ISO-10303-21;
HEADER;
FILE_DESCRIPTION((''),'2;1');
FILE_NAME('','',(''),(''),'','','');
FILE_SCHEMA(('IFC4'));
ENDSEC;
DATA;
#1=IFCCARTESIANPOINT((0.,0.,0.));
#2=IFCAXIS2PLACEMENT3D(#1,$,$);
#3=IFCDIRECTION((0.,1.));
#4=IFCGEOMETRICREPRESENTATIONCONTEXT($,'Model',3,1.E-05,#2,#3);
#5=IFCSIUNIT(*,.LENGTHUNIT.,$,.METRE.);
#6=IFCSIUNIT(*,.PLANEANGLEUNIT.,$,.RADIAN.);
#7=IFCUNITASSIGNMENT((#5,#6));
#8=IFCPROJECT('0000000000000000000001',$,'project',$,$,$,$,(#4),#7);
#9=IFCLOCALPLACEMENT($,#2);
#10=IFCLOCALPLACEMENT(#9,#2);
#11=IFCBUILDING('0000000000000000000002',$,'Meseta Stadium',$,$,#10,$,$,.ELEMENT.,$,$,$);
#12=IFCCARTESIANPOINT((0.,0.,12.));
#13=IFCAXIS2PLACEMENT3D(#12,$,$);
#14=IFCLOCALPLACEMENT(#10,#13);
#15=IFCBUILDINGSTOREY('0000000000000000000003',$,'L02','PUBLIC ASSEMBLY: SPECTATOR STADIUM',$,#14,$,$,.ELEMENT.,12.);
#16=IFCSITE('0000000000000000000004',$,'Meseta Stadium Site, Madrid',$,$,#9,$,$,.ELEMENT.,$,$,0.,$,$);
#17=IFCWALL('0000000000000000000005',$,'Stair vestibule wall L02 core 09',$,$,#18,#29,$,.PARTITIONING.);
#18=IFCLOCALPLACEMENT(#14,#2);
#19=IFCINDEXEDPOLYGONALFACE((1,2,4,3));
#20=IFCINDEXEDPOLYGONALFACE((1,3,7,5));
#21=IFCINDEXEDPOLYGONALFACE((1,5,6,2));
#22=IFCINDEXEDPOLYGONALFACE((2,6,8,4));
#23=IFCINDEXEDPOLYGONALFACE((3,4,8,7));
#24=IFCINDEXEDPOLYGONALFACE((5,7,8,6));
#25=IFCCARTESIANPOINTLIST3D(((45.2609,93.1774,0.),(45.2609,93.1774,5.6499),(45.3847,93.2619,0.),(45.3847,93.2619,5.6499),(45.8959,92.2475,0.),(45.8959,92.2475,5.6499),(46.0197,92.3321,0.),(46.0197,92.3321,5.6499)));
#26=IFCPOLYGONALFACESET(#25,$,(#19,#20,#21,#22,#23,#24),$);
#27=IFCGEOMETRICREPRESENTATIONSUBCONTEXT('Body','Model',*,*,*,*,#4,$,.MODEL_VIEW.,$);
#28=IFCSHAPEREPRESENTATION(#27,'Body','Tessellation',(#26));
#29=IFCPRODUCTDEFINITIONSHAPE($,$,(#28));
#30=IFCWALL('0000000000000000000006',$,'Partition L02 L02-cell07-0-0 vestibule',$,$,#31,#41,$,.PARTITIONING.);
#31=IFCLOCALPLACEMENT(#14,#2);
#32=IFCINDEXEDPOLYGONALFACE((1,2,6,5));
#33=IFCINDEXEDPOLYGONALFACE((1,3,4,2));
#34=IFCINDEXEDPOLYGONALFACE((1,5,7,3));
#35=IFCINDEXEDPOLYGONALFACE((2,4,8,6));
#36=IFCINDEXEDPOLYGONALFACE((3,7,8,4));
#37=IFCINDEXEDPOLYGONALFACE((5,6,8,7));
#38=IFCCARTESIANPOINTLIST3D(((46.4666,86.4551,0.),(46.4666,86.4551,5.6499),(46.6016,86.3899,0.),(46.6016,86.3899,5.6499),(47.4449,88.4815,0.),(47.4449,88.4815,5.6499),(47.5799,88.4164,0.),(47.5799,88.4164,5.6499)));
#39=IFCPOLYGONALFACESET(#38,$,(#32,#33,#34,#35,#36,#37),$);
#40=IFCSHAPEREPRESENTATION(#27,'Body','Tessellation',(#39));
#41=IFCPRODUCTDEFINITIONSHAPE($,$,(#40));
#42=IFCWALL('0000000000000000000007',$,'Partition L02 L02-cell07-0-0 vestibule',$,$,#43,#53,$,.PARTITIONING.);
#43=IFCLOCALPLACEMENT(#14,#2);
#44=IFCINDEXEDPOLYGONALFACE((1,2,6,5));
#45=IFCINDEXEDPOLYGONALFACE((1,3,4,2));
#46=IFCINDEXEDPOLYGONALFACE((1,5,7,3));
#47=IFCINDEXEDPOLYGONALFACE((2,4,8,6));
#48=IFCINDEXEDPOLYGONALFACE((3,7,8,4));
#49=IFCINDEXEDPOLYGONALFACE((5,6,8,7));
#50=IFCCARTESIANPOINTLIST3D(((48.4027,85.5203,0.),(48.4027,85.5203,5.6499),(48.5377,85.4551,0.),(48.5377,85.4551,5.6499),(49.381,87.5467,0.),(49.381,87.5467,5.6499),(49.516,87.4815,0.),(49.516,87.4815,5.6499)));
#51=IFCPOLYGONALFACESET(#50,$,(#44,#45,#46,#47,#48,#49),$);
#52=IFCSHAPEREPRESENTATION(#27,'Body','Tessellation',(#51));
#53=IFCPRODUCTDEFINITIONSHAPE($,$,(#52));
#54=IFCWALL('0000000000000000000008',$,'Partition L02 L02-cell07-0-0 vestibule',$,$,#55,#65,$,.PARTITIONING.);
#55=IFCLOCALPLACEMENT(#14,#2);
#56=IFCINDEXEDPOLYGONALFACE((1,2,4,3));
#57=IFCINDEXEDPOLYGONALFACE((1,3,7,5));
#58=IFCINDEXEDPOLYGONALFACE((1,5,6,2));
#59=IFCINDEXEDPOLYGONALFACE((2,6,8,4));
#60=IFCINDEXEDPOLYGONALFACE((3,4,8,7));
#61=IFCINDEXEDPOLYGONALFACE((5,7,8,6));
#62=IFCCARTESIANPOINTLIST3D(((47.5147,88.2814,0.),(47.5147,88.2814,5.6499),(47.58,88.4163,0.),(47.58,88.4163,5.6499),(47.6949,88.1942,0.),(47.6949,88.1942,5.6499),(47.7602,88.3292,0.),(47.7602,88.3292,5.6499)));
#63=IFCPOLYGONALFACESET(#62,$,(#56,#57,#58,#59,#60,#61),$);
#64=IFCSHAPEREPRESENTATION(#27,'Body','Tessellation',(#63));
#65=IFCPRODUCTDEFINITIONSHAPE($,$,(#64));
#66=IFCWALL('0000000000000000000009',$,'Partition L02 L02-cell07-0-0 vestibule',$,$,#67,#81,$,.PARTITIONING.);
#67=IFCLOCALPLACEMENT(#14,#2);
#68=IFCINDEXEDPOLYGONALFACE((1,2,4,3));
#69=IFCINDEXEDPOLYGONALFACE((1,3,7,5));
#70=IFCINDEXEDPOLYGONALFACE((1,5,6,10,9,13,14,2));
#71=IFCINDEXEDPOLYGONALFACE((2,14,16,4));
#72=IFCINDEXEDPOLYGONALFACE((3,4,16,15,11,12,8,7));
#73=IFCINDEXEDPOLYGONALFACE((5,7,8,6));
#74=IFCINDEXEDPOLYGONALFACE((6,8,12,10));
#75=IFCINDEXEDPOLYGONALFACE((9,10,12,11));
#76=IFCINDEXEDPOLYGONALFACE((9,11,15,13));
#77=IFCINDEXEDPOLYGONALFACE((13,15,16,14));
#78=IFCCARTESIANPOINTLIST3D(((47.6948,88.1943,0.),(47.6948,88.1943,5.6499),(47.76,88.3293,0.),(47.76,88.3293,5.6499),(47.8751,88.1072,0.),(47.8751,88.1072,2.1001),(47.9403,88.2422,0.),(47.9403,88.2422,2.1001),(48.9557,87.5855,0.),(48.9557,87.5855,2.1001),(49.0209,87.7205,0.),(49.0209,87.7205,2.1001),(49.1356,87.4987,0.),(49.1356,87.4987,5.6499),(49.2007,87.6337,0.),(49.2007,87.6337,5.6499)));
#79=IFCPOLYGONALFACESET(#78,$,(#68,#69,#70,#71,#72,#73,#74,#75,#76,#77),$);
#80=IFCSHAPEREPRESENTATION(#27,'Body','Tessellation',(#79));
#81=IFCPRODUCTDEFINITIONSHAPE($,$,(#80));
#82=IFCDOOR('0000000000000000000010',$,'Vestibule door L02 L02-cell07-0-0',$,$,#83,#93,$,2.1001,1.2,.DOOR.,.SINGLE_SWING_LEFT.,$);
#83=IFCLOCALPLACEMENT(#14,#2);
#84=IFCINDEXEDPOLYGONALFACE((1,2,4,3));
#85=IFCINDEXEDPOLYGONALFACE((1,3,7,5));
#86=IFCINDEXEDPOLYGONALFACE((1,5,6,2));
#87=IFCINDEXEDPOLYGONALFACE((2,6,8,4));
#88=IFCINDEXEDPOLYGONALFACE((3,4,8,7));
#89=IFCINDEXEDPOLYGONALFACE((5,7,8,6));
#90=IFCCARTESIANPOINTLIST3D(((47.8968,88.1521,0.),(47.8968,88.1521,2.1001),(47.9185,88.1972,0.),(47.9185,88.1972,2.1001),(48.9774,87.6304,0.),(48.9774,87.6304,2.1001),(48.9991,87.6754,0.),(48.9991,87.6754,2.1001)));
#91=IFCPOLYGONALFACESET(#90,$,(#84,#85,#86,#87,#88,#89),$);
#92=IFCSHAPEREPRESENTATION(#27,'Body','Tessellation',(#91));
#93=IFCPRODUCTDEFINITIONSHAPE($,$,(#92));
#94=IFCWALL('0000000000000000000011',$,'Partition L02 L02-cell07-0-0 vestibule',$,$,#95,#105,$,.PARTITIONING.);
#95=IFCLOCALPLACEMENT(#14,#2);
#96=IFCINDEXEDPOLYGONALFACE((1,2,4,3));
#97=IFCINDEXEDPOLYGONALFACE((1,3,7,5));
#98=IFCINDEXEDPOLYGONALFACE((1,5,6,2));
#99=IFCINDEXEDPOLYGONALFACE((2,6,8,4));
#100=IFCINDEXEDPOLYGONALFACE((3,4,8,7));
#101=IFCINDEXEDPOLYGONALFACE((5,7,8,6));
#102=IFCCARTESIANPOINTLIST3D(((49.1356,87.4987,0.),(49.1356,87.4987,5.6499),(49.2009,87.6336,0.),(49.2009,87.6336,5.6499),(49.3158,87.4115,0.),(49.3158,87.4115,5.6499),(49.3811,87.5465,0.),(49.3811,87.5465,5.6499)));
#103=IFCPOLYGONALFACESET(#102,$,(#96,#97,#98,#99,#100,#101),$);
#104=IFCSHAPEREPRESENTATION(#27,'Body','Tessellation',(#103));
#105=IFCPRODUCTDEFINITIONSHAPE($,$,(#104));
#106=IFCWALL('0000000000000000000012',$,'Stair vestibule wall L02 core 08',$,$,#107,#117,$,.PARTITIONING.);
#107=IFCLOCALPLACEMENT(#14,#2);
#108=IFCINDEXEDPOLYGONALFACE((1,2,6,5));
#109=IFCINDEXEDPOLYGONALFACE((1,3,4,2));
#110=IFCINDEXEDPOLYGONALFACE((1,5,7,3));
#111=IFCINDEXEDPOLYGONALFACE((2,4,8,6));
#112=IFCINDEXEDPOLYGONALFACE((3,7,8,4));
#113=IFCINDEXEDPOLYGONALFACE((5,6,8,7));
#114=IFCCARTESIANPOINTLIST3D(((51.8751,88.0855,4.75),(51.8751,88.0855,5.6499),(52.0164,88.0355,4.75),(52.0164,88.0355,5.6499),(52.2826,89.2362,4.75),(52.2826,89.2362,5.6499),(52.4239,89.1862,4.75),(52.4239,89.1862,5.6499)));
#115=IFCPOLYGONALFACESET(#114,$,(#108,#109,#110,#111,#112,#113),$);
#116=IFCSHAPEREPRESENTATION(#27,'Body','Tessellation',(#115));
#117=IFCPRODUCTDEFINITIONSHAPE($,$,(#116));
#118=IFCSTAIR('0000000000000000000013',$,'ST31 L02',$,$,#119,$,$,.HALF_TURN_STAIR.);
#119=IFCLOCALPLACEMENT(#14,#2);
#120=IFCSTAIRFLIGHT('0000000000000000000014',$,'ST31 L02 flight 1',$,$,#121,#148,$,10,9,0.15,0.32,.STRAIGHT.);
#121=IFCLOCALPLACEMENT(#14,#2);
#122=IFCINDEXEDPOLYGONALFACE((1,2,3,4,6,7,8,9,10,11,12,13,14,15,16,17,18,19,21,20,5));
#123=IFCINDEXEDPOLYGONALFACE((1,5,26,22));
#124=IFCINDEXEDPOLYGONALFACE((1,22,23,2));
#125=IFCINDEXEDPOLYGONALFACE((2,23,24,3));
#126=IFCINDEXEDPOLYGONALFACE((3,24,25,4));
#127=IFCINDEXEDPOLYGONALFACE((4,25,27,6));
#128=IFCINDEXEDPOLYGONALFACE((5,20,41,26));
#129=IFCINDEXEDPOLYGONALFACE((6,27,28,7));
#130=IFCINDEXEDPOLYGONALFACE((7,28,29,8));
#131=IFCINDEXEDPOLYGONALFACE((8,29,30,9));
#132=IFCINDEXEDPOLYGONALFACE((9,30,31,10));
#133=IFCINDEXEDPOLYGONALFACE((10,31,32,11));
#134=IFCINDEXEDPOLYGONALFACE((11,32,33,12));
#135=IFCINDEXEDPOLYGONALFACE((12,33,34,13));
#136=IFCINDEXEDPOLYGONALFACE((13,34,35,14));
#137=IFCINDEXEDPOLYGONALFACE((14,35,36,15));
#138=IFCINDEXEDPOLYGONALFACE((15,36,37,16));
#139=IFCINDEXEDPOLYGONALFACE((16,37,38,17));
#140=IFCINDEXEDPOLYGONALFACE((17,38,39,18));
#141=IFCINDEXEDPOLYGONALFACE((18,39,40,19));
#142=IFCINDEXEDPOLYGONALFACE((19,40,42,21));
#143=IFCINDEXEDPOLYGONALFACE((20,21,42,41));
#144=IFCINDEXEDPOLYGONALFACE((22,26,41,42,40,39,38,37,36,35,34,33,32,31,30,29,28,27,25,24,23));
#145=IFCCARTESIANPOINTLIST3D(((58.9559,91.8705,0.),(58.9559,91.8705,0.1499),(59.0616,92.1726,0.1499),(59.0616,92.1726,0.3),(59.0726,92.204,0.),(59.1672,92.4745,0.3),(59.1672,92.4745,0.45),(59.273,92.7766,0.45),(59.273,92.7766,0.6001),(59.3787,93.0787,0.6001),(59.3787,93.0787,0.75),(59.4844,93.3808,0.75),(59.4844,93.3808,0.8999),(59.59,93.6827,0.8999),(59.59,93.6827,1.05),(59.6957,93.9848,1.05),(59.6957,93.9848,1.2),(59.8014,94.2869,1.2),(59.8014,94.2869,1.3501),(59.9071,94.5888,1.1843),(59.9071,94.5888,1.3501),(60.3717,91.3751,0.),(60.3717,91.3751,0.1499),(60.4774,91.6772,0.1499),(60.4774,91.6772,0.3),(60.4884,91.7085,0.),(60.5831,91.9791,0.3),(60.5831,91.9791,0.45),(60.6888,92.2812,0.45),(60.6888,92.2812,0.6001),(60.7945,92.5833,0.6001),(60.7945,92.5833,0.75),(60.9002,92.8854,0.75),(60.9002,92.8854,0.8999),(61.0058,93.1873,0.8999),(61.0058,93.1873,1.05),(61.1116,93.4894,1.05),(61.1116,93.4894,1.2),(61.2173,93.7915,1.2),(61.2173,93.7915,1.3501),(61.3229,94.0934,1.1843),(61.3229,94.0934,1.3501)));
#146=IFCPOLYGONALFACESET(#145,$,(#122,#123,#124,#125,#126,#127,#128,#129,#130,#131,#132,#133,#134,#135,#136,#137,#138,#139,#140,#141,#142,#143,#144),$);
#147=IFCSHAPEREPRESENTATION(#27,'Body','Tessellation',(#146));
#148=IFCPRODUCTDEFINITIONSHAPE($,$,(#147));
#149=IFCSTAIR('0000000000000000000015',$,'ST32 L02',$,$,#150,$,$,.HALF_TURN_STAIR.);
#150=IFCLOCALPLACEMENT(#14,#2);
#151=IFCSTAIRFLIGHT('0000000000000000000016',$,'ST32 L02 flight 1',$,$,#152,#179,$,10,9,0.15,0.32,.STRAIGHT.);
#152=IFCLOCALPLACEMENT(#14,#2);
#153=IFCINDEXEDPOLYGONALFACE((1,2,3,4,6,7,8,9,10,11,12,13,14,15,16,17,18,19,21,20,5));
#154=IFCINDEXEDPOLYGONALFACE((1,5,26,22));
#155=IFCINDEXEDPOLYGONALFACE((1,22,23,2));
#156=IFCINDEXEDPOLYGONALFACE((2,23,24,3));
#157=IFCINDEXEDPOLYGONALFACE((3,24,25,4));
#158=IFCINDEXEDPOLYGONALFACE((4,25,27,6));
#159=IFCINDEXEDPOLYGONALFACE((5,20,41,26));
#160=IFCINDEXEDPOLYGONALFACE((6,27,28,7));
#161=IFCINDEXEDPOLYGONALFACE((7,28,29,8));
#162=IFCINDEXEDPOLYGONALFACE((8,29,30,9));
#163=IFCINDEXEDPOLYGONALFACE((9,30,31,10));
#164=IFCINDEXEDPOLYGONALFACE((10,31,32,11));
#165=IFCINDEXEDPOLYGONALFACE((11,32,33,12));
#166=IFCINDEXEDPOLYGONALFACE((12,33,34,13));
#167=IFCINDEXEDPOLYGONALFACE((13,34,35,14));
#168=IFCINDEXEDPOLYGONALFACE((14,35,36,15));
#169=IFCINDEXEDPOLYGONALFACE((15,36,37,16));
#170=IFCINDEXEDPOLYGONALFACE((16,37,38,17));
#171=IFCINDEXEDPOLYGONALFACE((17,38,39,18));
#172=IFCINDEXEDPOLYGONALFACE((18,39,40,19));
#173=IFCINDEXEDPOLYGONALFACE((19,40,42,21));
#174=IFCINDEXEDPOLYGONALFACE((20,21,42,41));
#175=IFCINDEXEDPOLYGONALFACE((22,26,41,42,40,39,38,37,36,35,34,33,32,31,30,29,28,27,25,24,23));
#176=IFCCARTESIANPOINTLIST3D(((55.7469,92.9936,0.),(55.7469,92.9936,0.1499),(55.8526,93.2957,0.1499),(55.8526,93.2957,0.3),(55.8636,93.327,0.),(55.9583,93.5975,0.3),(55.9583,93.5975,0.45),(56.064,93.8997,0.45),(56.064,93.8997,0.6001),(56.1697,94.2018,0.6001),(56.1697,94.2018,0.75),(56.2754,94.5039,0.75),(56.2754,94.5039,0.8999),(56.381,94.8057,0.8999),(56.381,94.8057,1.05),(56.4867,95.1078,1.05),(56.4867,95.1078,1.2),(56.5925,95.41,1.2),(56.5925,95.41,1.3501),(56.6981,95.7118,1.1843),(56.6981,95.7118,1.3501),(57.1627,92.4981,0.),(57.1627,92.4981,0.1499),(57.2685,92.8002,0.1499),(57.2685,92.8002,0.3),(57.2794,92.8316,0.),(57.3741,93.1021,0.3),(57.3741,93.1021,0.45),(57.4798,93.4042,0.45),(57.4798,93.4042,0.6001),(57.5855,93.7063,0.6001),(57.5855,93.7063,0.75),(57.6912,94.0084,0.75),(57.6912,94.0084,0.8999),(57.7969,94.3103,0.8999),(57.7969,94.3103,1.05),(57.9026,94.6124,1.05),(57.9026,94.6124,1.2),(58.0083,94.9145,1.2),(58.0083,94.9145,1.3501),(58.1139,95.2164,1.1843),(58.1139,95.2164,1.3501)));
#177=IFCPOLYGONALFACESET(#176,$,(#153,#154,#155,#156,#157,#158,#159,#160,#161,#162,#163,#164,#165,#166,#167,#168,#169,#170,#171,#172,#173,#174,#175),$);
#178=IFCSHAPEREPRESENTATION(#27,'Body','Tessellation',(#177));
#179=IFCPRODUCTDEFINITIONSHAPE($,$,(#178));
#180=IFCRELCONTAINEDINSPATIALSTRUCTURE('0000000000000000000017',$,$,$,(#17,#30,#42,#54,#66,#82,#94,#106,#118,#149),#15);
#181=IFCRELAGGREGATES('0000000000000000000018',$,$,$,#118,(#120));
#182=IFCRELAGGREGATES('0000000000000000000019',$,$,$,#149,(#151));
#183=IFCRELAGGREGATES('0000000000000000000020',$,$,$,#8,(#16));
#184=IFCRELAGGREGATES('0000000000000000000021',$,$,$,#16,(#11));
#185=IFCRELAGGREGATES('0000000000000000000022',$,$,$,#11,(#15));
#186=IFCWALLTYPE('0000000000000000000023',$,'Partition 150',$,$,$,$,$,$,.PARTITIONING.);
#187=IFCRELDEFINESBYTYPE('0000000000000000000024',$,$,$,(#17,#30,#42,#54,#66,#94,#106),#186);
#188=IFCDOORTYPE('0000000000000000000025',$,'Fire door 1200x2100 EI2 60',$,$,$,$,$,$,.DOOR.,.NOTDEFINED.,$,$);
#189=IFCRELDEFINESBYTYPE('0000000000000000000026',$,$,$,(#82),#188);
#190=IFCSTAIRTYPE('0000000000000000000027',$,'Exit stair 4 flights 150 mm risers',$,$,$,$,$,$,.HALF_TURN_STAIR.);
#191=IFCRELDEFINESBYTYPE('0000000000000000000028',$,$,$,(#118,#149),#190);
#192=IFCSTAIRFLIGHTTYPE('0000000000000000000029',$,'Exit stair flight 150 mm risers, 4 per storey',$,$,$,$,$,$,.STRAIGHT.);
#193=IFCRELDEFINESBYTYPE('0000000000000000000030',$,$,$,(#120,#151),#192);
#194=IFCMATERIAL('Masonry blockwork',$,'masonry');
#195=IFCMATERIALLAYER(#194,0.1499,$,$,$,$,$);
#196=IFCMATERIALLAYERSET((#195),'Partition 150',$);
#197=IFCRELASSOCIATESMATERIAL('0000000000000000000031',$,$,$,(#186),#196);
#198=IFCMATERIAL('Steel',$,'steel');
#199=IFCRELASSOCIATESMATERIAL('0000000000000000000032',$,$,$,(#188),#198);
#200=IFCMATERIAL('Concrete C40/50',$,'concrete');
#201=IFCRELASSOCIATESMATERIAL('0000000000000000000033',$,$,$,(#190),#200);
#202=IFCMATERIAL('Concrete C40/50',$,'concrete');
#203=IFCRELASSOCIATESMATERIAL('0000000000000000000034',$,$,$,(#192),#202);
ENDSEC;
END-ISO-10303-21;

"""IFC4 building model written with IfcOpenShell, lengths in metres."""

from ifc_helpers import new_model, si_unit, direction, frame, frame_2d, origin, place, context, subcontext, project, spatial, polyline, rectangle, outline, extrude, material, layer, layer_set, type_object, element, fill, aggregate, save


model = new_model("IFC4")

# Units and contexts
model_context = context("Model", 3, precision=1e-05, world=origin(), true_north=direction((0.0, 1.0)))
body_context = subcontext(model_context, "Body", "Model", "MODEL_VIEW")
ifc_project = project(units=[si_unit("LENGTHUNIT", "METRE"), si_unit("PLANEANGLEUNIT", "RADIAN")], contexts=[model_context])

# Site, building, storey
site_placement = place(None, origin())
site = spatial("IfcSite", under=ifc_project, at=site_placement, Name="Meseta Stadium Site, Madrid", CompositionType="ELEMENT", RefElevation=0.0)
building_placement = place(site_placement, origin())
building = spatial("IfcBuilding", under=site, at=building_placement, Name="Meseta Stadium", CompositionType="ELEMENT")
storey_placement = place(building_placement, frame((0.0, 0.0, 12.0)))
storey = spatial("IfcBuildingStorey", under=building, at=storey_placement, Name="L02", Description="PUBLIC ASSEMBLY: SPECTATOR STADIUM", CompositionType="ELEMENT", Elevation=12.0)

# Shared definitions
ifc_material_1 = material(Name="Masonry blockwork", Category="masonry")
ifc_layer_1 = layer(ifc_material_1, 0.1499)
ifc_layer_set_1 = layer_set([ifc_layer_1], Name="Partition 150")
wall_type_1 = type_object("IfcWallType", Name="Partition 150", PredefinedType="PARTITIONING", material=ifc_layer_set_1)

# Walls
wall_1_placement = place(storey_placement, frame((45.9578, 92.2898, 0.0), z_axis=(0.0, 0.0, 1.0), x_axis=(-0.563922, 0.825828, 0.0)))
element("IfcWall", 1, at=wall_1_placement, inside=storey, type_object=wall_type_1, Name="Stair vestibule wall L02 core 09", PredefinedType="PARTITIONING", context=body_context, shape_type="SweptSolid", body=[
    extrude(rectangle(XDim=1.126, YDim=0.1499, at=frame_2d((0.563, 0.0))), origin(), (0.0, 0.0, 1.0), 5.6499),
])
for number, where, z_axis, x_axis, name in (
    (2, (46.5342, 86.4226, 0.0), (0.0, 0.0, 1.0), (0.434758, 0.900547, 0.0), "Partition L02 L02-cell07-0-0 vestibule"),
    (3, (48.4702, 85.4878, 0.0), (0.0, 0.0, 1.0), (0.434758, 0.900547, 0.0), "Partition L02 L02-cell07-0-0 vestibule"),
):
    element("IfcWall", number, at=place(storey_placement, frame(where, z_axis=z_axis, x_axis=x_axis)), inside=storey, type_object=wall_type_1, Name=name, PredefinedType="PARTITIONING", context=body_context, shape_type="SweptSolid", body=[
        extrude(rectangle(XDim=2.2502, YDim=0.1499, at=frame_2d((1.125, 0.0))), origin(), (0.0, 0.0, 1.0), 5.6499),
    ])
wall_2_placement = place(storey_placement, frame((47.5474, 88.3489, 0.0), z_axis=(0.0, 0.0, 1.0), x_axis=(0.900206, -0.435465, 0.0)))
element("IfcWall", 4, at=wall_2_placement, inside=storey, type_object=wall_type_1, Name="Partition L02 L02-cell07-0-0 vestibule", PredefinedType="PARTITIONING", context=body_context, shape_type="SweptSolid", body=[
    extrude(rectangle(XDim=0.2002, YDim=0.1499, at=frame_2d((0.1001, 0.0))), origin(), (0.0, 0.0, 1.0), 5.6499),
])

# Wall, opening, door
wall_3_placement = place(storey_placement, frame((47.7275, 88.2617, 0.0), z_axis=(0.0, 0.0, 1.0), x_axis=(0.900537, -0.434779, 0.0)))
wall_3 = element("IfcWall", 5, at=wall_3_placement, inside=storey, type_object=wall_type_1, Name="Partition L02 L02-cell07-0-0 vestibule", PredefinedType="PARTITIONING", context=body_context, shape_type="SweptSolid", body=[
    extrude(rectangle(XDim=1.5999, YDim=0.1499, at=frame_2d((0.7998, 0.0))), origin(), (0.0, 0.0, 1.0), 5.6499),
])
opening_1_placement = place(wall_3_placement, frame((0.2, 0.0, 0.0)))
opening_1 = element("IfcOpeningElement", 6, at=opening_1_placement, cuts=wall_3, PredefinedType="OPENING", context=body_context, shape_type="SweptSolid", body=[
    extrude(rectangle(XDim=1.2, YDim=2.1001, at=frame_2d((0.6001, 1.05))), frame((0.0, 0.085, 0.0), z_axis=(0.0, -1.0, 0.0), x_axis=(1.0, 0.0, 0.0)), (0.0, 0.0, 1.0), 0.1699),
])
ifc_material_2 = material(Name="Steel", Category="steel")
door_type_1 = type_object("IfcDoorType", Name="Fire door 1200x2100 EI2 60", OperationType="NOTDEFINED", PredefinedType="DOOR", material=ifc_material_2)
door_1_placement = place(opening_1_placement, origin())
door_1 = element("IfcDoor", 7, at=door_1_placement, inside=storey, type_object=door_type_1, Name="Vestibule door L02 L02-cell07-0-0", OperationType="SINGLE_SWING_LEFT", OverallHeight=2.1001, OverallWidth=1.2, PredefinedType="DOOR", context=body_context, shape_type="SweptSolid", body=[
    extrude(rectangle(XDim=1.2, YDim=2.1001, at=frame_2d((0.6001, 1.05))), frame((0.0, 0.0249, 0.0), z_axis=(0.0, -1.0, 0.0), x_axis=(1.0, 0.0, 0.0)), (0.0, 0.0, 1.0), 0.05),
])
fill(opening_1, door_1)

# Walls
wall_4_placement = place(storey_placement, frame((49.1682, 87.5662, 0.0), z_axis=(0.0, 0.0, 1.0), x_axis=(0.900206, -0.435465, 0.0)))
element("IfcWall", 8, at=wall_4_placement, inside=storey, type_object=wall_type_1, Name="Partition L02 L02-cell07-0-0 vestibule", PredefinedType="PARTITIONING", context=body_context, shape_type="SweptSolid", body=[
    extrude(rectangle(XDim=0.2002, YDim=0.1499, at=frame_2d((0.1001, 0.0))), origin(), (0.0, 0.0, 1.0), 5.6499),
])
wall_5_placement = place(storey_placement, frame((52.3533, 89.2112, 4.75), z_axis=(0.0, 0.0, 1.0), x_axis=(-0.333814, -0.942639, 0.0)))
element("IfcWall", 9, at=wall_5_placement, inside=storey, type_object=wall_type_1, Name="Stair vestibule wall L02 core 08", PredefinedType="PARTITIONING", context=body_context, shape_type="SweptSolid", body=[
    extrude(rectangle(XDim=1.2207, YDim=0.1499, at=frame_2d((0.6104, 0.0))), origin(), (0.0, 0.0, 1.0), 0.8999),
])

# Stair, stair flight
ifc_material_3 = material(Name="Concrete C40/50", Category="concrete")
stair_type = type_object("IfcStairType", Name="Exit stair 4 flights 150 mm risers", PredefinedType="HALF_TURN_STAIR", material=ifc_material_3)
stair_1_placement = place(storey_placement, origin())
stair_1 = element("IfcStair", 10, at=stair_1_placement, inside=storey, type_object=stair_type, Name="ST31 L02", PredefinedType="HALF_TURN_STAIR")
ifc_material_4 = material(Name="Concrete C40/50", Category="concrete")
stair_flight_type = type_object("IfcStairFlightType", Name="Exit stair flight 150 mm risers, 4 per storey", PredefinedType="STRAIGHT", material=ifc_material_4)
stair_flight_1_placement = place(storey_placement, frame((59.6638, 91.6228, 0.0), z_axis=(0.0, 0.0, 1.0), x_axis=(0.330279, 0.943883, 0.0)))
stair_flight_1 = element("IfcStairFlight", 11, at=stair_flight_1_placement, type_object=stair_flight_type, Name="ST31 L02 flight 1", NumberOfRisers=10, NumberOfTreads=9, PredefinedType="STRAIGHT", RiserHeight=0.15, TreadLength=0.32, context=body_context, shape_type="SweptSolid", body=[
    extrude(outline(polyline([(0.0, 0.0), (0.0, 0.1499), (0.3201, 0.1499), (0.3201, 0.3), (0.6399, 0.3), (0.6399, 0.45), (0.96, 0.45), (0.96, 0.6001), (1.28, 0.6001), (1.28, 0.75), (1.6001, 0.75), (1.6001, 0.8999), (1.9199, 0.8999), (1.9199, 1.05), (2.24, 1.05), (2.24, 1.2), (2.5601, 1.2), (2.5601, 1.3501), (2.8799, 1.3501), (2.8799, 1.1843), (0.3533, 0.0), (0.0, 0.0)])), frame((0.0, 0.75, 0.0), z_axis=(0.0, -1.0, 0.0), x_axis=(1.0, 0.0, 0.0)), (0.0, 0.0, 1.0), 1.5),
])
aggregate(stair_1, [stair_flight_1])

# Stair, stair flight
stair_2_placement = place(storey_placement, origin())
stair_2 = element("IfcStair", 12, at=stair_2_placement, inside=storey, type_object=stair_type, Name="ST32 L02", PredefinedType="HALF_TURN_STAIR")
stair_flight_2_placement = place(storey_placement, frame((56.4548, 92.7458, 0.0), z_axis=(0.0, 0.0, 1.0), x_axis=(0.330279, 0.943883, 0.0)))
stair_flight_2 = element("IfcStairFlight", 13, at=stair_flight_2_placement, type_object=stair_flight_type, Name="ST32 L02 flight 1", NumberOfRisers=10, NumberOfTreads=9, PredefinedType="STRAIGHT", RiserHeight=0.15, TreadLength=0.32, context=body_context, shape_type="SweptSolid", body=[
    extrude(outline(polyline([(0.0, 0.0), (0.0, 0.1499), (0.3201, 0.1499), (0.3201, 0.3), (0.6399, 0.3), (0.6399, 0.45), (0.96, 0.45), (0.96, 0.6001), (1.28, 0.6001), (1.28, 0.75), (1.6001, 0.75), (1.6001, 0.8999), (1.9199, 0.8999), (1.9199, 1.05), (2.24, 1.05), (2.24, 1.2), (2.5601, 1.2), (2.5601, 1.3501), (2.8799, 1.3501), (2.8799, 1.1843), (0.3533, 0.0), (0.0, 0.0)])), frame((0.0, 0.75, 0.0), z_axis=(0.0, -1.0, 0.0), x_axis=(1.0, 0.0, 0.0)), (0.0, 0.0, 1.0), 1.5),
])
aggregate(stair_2, [stair_flight_2])

save(model, "model.ifc")
